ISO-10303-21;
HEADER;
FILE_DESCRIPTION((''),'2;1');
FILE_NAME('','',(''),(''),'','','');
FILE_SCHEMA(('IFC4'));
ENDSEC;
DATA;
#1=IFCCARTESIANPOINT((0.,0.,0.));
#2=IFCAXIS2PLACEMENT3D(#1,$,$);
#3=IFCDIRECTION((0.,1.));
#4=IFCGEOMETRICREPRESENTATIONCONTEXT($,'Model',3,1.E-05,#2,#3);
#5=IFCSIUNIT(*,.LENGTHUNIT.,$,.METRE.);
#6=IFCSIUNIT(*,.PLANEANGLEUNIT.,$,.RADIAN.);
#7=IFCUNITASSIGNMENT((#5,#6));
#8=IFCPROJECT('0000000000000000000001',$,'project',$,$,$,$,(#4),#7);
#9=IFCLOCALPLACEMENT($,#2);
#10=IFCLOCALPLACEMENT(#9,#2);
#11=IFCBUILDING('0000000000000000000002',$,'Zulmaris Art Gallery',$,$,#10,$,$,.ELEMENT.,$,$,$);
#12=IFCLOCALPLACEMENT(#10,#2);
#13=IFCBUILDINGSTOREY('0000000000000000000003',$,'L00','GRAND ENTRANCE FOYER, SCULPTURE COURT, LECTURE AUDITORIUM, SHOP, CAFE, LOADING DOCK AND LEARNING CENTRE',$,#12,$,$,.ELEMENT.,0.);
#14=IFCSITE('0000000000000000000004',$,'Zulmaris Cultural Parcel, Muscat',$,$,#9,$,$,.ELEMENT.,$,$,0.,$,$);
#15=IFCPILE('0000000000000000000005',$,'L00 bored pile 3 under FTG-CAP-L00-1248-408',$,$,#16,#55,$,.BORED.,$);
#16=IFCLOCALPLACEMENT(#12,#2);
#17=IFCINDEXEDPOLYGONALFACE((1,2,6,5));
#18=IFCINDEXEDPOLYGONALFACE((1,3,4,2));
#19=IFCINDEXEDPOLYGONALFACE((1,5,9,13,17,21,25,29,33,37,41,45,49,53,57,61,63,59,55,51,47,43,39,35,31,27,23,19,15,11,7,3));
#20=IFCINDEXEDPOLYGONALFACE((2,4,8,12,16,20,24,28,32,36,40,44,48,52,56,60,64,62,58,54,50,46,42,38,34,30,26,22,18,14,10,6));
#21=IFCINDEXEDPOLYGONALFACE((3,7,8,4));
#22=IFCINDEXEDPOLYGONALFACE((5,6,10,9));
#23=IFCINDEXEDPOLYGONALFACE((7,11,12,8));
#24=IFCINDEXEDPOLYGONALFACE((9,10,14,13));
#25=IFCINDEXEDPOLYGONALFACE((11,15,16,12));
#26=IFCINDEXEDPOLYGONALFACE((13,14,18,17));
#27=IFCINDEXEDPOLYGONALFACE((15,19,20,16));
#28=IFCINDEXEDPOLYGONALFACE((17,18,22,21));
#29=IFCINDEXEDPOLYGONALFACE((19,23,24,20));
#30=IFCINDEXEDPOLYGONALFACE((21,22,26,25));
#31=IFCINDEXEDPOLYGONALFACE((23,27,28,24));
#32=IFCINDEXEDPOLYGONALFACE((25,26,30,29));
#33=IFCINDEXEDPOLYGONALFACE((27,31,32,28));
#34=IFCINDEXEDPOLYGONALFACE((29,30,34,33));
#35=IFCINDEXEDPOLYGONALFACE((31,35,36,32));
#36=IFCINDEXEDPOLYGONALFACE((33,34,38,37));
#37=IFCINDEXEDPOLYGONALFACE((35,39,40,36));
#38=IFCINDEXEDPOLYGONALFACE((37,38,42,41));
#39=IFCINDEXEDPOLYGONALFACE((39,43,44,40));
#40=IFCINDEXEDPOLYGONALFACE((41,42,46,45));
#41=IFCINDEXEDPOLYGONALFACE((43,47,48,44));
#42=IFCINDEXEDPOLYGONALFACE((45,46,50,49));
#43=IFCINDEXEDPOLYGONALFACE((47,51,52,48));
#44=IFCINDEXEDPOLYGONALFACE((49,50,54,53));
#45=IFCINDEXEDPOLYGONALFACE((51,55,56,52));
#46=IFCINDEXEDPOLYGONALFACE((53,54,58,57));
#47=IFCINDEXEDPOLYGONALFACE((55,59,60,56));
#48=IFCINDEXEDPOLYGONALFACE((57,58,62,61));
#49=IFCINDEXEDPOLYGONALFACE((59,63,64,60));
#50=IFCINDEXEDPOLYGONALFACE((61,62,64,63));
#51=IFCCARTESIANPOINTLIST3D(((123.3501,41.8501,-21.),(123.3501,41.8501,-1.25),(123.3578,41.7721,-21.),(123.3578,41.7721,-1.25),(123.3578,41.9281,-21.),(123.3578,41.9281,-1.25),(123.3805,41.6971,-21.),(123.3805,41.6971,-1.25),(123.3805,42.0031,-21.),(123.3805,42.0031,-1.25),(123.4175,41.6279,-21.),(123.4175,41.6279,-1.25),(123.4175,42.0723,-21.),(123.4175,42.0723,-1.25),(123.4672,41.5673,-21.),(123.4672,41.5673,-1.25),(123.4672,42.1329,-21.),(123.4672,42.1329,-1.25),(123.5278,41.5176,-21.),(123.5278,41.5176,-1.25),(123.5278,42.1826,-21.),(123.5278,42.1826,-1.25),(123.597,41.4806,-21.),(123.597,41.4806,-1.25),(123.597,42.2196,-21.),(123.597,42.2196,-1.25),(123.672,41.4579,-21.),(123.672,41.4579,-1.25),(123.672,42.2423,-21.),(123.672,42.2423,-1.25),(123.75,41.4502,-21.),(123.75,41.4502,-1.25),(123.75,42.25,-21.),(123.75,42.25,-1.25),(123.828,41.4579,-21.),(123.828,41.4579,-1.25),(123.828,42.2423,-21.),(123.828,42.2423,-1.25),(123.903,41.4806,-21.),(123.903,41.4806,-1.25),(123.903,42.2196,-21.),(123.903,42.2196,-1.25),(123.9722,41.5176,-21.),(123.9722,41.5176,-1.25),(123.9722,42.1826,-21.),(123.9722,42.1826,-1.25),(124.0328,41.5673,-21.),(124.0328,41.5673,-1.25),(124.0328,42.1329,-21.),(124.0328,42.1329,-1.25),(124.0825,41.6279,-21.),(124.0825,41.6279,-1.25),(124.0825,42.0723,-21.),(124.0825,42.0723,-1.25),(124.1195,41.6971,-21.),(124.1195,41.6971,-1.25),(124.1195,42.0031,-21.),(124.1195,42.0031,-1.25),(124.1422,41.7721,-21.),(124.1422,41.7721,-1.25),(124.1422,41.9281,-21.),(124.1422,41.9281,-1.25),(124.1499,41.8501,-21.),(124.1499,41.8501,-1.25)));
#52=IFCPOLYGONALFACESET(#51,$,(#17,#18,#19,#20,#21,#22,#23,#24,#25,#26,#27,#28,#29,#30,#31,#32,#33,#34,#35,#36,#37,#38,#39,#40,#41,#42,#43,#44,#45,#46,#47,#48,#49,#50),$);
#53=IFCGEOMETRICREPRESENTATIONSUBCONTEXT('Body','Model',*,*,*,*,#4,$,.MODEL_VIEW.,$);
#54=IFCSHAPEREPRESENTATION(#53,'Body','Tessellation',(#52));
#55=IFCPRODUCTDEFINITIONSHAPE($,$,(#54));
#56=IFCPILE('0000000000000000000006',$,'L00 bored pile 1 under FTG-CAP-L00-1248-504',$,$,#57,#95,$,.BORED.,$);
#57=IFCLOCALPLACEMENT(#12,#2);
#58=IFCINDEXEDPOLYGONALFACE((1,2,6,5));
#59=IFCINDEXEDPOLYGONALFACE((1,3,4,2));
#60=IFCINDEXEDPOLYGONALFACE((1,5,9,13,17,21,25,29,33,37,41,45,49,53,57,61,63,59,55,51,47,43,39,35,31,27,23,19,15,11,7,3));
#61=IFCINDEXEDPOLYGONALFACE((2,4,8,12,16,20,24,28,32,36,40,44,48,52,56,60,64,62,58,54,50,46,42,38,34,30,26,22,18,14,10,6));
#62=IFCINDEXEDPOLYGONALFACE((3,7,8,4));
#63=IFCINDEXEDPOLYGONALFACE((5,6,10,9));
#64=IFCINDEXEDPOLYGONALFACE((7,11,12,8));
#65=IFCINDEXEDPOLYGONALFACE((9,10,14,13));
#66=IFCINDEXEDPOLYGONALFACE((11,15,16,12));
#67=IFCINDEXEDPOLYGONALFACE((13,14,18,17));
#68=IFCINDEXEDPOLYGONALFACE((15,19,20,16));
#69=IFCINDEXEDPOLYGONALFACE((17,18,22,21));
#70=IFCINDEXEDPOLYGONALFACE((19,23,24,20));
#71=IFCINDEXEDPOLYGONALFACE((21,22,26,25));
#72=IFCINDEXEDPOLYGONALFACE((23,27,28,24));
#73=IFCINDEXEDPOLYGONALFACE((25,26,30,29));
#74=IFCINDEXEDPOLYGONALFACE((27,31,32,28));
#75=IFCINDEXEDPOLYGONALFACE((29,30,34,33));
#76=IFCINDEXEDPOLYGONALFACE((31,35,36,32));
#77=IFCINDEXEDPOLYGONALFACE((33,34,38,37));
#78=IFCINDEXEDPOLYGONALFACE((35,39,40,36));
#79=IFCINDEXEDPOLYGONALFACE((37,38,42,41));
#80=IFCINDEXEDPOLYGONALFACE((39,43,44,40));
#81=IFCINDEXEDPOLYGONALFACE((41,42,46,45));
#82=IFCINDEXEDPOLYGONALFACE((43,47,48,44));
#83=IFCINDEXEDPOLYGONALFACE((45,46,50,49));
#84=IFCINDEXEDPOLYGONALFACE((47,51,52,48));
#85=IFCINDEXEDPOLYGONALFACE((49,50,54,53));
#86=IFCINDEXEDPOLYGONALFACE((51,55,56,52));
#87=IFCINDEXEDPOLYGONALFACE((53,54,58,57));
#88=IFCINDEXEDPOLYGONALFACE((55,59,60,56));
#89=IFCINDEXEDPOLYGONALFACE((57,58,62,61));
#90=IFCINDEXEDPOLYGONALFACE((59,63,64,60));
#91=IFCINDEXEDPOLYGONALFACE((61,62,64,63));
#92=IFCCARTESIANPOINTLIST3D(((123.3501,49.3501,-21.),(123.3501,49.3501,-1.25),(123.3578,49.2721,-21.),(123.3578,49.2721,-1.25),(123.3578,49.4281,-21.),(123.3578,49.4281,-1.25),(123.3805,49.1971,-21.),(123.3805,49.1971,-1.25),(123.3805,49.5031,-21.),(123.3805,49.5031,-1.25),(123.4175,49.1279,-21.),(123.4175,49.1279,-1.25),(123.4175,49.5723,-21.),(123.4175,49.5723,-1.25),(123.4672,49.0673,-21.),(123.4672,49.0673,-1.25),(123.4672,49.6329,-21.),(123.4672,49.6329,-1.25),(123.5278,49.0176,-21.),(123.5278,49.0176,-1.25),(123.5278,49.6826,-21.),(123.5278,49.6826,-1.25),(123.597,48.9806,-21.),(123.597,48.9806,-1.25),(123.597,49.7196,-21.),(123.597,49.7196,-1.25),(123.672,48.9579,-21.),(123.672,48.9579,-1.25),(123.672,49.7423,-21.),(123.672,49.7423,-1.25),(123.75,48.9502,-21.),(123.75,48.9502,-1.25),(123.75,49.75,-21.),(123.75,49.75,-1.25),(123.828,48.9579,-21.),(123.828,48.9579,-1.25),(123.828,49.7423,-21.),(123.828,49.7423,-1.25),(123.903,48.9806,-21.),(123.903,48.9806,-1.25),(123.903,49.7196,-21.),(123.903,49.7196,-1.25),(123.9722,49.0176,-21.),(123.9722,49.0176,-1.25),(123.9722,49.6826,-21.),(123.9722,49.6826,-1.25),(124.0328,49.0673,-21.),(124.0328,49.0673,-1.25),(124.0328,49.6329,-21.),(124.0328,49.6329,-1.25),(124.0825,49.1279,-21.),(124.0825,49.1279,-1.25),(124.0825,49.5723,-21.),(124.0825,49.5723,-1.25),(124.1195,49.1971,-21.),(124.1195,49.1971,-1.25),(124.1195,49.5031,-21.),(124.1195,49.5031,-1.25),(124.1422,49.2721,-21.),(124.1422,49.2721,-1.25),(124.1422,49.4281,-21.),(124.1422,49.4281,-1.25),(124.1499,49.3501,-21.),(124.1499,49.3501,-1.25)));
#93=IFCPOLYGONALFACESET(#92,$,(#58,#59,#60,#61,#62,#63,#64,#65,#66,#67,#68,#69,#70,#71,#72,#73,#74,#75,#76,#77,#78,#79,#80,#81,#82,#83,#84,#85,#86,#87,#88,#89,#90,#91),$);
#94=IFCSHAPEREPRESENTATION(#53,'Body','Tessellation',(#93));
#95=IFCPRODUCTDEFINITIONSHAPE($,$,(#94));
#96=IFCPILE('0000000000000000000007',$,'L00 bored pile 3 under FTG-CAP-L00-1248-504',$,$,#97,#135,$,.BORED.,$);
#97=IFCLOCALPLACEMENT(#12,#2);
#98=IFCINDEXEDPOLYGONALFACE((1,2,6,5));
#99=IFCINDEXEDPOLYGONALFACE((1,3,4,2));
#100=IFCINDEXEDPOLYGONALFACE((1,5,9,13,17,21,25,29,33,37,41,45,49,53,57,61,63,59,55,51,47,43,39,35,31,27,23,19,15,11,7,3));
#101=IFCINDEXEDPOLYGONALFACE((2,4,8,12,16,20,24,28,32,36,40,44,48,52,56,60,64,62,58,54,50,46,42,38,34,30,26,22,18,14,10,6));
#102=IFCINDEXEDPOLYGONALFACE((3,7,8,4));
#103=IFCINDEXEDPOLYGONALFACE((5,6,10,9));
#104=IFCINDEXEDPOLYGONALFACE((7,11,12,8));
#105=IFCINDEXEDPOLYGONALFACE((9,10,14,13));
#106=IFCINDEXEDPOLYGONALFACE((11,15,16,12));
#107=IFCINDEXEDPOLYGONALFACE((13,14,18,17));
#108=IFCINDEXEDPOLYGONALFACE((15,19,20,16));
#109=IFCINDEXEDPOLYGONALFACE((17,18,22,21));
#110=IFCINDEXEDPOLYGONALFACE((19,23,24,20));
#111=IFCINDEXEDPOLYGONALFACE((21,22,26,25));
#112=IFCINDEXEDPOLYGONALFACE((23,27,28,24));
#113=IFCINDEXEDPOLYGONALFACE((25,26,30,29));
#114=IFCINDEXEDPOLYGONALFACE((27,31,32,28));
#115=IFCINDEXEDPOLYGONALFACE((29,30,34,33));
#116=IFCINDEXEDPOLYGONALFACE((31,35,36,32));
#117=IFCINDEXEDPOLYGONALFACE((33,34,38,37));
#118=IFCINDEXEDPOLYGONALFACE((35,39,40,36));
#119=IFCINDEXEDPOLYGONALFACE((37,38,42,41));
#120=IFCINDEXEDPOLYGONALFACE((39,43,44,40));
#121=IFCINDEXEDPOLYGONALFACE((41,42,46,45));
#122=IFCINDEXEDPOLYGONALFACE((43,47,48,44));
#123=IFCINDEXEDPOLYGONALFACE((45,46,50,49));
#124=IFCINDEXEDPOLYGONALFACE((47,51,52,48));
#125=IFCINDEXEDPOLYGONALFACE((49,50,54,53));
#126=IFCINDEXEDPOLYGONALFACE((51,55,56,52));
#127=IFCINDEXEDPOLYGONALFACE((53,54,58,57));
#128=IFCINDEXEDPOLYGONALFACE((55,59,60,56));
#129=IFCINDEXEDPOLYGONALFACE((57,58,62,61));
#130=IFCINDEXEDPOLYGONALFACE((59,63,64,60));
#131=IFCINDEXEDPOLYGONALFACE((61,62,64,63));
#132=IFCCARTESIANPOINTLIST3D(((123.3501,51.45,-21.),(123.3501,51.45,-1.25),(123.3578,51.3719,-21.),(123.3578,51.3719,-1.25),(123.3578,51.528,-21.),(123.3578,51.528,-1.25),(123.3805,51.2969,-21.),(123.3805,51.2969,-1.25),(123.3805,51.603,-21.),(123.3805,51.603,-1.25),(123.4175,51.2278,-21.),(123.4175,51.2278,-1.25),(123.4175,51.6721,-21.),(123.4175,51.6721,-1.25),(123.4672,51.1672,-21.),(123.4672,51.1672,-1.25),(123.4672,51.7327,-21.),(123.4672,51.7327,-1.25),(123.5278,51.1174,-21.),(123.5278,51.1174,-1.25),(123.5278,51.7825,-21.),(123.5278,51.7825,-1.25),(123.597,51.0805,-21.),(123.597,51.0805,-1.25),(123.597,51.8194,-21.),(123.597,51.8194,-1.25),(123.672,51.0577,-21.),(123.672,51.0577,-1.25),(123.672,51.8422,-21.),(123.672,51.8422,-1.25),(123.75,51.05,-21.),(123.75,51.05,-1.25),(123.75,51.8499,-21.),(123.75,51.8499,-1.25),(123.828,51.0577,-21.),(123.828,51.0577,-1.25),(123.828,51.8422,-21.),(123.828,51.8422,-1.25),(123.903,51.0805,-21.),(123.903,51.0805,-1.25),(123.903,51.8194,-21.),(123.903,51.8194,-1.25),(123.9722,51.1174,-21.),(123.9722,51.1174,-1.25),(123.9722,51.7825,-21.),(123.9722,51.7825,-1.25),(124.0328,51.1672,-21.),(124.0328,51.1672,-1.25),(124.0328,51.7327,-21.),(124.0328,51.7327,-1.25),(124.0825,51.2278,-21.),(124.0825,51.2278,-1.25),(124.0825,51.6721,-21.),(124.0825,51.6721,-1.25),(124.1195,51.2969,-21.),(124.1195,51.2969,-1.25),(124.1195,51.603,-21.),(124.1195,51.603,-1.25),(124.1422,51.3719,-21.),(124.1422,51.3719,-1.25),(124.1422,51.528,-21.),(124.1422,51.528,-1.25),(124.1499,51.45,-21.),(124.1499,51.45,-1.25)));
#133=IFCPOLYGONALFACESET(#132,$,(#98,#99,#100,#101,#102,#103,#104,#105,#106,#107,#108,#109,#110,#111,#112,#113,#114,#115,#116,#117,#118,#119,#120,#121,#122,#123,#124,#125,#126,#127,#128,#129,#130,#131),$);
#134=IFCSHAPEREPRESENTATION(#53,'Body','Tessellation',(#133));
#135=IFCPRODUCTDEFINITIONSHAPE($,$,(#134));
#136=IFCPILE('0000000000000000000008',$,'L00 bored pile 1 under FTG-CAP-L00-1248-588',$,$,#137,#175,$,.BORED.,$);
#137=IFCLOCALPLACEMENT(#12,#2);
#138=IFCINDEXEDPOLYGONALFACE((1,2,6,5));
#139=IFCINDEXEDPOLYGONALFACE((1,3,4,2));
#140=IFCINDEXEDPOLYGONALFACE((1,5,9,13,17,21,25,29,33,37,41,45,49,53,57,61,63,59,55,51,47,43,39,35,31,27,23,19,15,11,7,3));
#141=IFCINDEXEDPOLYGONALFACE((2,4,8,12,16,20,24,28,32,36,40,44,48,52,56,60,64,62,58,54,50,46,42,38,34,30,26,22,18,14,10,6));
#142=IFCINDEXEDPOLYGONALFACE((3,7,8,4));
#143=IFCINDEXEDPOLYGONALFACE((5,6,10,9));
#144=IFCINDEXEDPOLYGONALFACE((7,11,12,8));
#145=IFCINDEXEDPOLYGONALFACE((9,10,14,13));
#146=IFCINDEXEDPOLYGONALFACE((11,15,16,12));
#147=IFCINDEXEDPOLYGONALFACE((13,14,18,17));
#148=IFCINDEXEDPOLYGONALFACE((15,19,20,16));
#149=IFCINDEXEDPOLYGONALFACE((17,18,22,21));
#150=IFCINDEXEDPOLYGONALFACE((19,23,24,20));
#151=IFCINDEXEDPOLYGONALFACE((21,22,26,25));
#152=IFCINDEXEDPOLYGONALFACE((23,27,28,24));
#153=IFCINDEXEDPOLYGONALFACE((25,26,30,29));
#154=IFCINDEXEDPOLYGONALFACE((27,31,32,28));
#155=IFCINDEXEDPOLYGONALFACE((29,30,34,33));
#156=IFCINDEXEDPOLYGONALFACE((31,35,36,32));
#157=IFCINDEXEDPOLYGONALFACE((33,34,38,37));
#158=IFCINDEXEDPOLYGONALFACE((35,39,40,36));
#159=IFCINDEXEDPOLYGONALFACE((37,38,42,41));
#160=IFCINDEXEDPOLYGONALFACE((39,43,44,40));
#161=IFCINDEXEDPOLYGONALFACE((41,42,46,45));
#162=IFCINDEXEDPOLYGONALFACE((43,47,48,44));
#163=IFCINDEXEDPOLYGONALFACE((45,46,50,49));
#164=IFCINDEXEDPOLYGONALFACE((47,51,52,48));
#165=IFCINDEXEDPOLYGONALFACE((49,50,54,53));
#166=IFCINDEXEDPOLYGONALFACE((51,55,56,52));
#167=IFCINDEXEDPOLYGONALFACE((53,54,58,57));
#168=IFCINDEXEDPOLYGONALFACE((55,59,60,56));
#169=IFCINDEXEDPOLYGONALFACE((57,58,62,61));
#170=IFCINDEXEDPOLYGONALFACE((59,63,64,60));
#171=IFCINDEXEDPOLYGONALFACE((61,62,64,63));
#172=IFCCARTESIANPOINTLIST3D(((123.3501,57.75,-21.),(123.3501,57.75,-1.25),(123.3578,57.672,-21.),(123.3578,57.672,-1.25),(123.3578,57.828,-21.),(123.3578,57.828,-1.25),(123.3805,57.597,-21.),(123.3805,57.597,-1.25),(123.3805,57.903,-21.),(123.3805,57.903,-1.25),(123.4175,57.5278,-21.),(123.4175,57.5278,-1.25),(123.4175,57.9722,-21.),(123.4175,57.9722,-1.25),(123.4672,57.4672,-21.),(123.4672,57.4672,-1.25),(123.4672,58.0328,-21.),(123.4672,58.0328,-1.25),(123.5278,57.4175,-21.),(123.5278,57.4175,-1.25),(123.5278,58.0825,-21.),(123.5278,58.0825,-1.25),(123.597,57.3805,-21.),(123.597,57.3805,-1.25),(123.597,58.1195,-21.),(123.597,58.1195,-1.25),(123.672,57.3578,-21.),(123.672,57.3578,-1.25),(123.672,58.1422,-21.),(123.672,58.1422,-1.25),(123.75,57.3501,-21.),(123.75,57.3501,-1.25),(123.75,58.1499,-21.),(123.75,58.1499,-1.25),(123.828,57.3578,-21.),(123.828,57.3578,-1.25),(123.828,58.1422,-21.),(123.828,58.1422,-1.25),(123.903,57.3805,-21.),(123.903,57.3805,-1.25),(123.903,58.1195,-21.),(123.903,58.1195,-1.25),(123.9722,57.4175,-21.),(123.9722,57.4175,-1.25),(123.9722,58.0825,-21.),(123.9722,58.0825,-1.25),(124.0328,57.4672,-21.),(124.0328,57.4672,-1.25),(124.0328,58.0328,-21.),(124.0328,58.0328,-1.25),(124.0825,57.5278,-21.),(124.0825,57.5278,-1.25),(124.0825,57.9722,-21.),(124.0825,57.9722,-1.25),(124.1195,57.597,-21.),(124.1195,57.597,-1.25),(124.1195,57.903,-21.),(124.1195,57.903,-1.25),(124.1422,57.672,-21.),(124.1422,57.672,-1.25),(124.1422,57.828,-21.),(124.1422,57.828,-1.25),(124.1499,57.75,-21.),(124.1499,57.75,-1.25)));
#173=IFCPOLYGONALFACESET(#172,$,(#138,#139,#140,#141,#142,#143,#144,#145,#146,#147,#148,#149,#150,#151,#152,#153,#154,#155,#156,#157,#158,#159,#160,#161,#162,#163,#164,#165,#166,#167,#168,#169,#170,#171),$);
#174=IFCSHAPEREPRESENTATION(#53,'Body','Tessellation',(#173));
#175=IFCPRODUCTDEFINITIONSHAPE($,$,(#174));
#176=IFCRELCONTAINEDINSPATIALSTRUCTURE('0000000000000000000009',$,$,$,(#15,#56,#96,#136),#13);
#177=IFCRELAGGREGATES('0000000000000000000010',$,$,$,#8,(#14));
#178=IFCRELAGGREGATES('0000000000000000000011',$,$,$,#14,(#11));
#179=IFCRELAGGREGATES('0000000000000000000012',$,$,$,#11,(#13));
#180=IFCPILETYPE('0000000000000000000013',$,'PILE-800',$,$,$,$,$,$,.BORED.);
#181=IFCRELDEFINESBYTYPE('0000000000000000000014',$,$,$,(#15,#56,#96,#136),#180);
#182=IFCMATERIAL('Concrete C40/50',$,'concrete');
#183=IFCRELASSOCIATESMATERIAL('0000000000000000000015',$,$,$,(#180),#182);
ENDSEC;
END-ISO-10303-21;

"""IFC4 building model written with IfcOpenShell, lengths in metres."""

from ifc_helpers import new_model, si_unit, direction, frame, origin, origin_2d, place, context, subcontext, project, spatial, circle, extrude, material, material_profile, profile_set, type_object, element, save


model = new_model("IFC4")

# Units and contexts
model_context = context("Model", 3, precision=1e-05, world=origin(), true_north=direction((0.0, 1.0)))
body_context = subcontext(model_context, "Body", "Model", "MODEL_VIEW")
ifc_project = project(units=[si_unit("LENGTHUNIT", "METRE"), si_unit("PLANEANGLEUNIT", "RADIAN")], contexts=[model_context])

# Site, building, storey
site_placement = place(None, origin())
site = spatial("IfcSite", under=ifc_project, at=site_placement, Name="Zulmaris Cultural Parcel, Muscat", CompositionType="ELEMENT", RefElevation=0.0)
building_placement = place(site_placement, origin())
building = spatial("IfcBuilding", under=site, at=building_placement, Name="Zulmaris Art Gallery", CompositionType="ELEMENT")
storey_placement = place(building_placement, origin())
storey = spatial("IfcBuildingStorey", under=building, at=storey_placement, Name="L00", Description="GRAND ENTRANCE FOYER, SCULPTURE COURT, LECTURE AUDITORIUM, SHOP, CAFE, LOADING DOCK AND LEARNING CENTRE", CompositionType="ELEMENT", Elevation=0.0)

# Piles
ifc_material_1 = material(Name="Concrete C40/50", Category="concrete")
ifc_material_profile_1 = material_profile(ifc_material_1, circle(Radius=0.3999, at=origin_2d()), Name="PILE DIA 800")
ifc_profile_set_1 = profile_set([ifc_material_profile_1], Name="Concrete C40/50")
pile_type = type_object("IfcPileType", Name="PILE-800", PredefinedType="BORED", material=ifc_profile_set_1)
for number, where, z_axis, x_axis, name in (
    (1, (123.75, 41.8501, -1.25), (0.0, 0.0, -1.0), (1.0, 0.0, 0.0), "L00 bored pile 3 under FTG-CAP-L00-1248-408"),
    (2, (123.75, 49.3501, -1.25), (0.0, 0.0, -1.0), (1.0, 0.0, 0.0), "L00 bored pile 1 under FTG-CAP-L00-1248-504"),
    (3, (123.75, 51.45, -1.25), (0.0, 0.0, -1.0), (1.0, 0.0, 0.0), "L00 bored pile 3 under FTG-CAP-L00-1248-504"),
    (4, (123.75, 57.75, -1.25), (0.0, 0.0, -1.0), (1.0, 0.0, 0.0), "L00 bored pile 1 under FTG-CAP-L00-1248-588"),
):
    element("IfcPile", number, at=place(storey_placement, frame(where, z_axis=z_axis, x_axis=x_axis)), inside=storey, type_object=pile_type, Name=name, PredefinedType="BORED", context=body_context, shape_type="SweptSolid", body=[
        extrude(circle(Radius=0.3999, at=origin_2d()), origin(), (0.0, 0.0, 1.0), 19.75),
    ])

save(model, "model.ifc")
